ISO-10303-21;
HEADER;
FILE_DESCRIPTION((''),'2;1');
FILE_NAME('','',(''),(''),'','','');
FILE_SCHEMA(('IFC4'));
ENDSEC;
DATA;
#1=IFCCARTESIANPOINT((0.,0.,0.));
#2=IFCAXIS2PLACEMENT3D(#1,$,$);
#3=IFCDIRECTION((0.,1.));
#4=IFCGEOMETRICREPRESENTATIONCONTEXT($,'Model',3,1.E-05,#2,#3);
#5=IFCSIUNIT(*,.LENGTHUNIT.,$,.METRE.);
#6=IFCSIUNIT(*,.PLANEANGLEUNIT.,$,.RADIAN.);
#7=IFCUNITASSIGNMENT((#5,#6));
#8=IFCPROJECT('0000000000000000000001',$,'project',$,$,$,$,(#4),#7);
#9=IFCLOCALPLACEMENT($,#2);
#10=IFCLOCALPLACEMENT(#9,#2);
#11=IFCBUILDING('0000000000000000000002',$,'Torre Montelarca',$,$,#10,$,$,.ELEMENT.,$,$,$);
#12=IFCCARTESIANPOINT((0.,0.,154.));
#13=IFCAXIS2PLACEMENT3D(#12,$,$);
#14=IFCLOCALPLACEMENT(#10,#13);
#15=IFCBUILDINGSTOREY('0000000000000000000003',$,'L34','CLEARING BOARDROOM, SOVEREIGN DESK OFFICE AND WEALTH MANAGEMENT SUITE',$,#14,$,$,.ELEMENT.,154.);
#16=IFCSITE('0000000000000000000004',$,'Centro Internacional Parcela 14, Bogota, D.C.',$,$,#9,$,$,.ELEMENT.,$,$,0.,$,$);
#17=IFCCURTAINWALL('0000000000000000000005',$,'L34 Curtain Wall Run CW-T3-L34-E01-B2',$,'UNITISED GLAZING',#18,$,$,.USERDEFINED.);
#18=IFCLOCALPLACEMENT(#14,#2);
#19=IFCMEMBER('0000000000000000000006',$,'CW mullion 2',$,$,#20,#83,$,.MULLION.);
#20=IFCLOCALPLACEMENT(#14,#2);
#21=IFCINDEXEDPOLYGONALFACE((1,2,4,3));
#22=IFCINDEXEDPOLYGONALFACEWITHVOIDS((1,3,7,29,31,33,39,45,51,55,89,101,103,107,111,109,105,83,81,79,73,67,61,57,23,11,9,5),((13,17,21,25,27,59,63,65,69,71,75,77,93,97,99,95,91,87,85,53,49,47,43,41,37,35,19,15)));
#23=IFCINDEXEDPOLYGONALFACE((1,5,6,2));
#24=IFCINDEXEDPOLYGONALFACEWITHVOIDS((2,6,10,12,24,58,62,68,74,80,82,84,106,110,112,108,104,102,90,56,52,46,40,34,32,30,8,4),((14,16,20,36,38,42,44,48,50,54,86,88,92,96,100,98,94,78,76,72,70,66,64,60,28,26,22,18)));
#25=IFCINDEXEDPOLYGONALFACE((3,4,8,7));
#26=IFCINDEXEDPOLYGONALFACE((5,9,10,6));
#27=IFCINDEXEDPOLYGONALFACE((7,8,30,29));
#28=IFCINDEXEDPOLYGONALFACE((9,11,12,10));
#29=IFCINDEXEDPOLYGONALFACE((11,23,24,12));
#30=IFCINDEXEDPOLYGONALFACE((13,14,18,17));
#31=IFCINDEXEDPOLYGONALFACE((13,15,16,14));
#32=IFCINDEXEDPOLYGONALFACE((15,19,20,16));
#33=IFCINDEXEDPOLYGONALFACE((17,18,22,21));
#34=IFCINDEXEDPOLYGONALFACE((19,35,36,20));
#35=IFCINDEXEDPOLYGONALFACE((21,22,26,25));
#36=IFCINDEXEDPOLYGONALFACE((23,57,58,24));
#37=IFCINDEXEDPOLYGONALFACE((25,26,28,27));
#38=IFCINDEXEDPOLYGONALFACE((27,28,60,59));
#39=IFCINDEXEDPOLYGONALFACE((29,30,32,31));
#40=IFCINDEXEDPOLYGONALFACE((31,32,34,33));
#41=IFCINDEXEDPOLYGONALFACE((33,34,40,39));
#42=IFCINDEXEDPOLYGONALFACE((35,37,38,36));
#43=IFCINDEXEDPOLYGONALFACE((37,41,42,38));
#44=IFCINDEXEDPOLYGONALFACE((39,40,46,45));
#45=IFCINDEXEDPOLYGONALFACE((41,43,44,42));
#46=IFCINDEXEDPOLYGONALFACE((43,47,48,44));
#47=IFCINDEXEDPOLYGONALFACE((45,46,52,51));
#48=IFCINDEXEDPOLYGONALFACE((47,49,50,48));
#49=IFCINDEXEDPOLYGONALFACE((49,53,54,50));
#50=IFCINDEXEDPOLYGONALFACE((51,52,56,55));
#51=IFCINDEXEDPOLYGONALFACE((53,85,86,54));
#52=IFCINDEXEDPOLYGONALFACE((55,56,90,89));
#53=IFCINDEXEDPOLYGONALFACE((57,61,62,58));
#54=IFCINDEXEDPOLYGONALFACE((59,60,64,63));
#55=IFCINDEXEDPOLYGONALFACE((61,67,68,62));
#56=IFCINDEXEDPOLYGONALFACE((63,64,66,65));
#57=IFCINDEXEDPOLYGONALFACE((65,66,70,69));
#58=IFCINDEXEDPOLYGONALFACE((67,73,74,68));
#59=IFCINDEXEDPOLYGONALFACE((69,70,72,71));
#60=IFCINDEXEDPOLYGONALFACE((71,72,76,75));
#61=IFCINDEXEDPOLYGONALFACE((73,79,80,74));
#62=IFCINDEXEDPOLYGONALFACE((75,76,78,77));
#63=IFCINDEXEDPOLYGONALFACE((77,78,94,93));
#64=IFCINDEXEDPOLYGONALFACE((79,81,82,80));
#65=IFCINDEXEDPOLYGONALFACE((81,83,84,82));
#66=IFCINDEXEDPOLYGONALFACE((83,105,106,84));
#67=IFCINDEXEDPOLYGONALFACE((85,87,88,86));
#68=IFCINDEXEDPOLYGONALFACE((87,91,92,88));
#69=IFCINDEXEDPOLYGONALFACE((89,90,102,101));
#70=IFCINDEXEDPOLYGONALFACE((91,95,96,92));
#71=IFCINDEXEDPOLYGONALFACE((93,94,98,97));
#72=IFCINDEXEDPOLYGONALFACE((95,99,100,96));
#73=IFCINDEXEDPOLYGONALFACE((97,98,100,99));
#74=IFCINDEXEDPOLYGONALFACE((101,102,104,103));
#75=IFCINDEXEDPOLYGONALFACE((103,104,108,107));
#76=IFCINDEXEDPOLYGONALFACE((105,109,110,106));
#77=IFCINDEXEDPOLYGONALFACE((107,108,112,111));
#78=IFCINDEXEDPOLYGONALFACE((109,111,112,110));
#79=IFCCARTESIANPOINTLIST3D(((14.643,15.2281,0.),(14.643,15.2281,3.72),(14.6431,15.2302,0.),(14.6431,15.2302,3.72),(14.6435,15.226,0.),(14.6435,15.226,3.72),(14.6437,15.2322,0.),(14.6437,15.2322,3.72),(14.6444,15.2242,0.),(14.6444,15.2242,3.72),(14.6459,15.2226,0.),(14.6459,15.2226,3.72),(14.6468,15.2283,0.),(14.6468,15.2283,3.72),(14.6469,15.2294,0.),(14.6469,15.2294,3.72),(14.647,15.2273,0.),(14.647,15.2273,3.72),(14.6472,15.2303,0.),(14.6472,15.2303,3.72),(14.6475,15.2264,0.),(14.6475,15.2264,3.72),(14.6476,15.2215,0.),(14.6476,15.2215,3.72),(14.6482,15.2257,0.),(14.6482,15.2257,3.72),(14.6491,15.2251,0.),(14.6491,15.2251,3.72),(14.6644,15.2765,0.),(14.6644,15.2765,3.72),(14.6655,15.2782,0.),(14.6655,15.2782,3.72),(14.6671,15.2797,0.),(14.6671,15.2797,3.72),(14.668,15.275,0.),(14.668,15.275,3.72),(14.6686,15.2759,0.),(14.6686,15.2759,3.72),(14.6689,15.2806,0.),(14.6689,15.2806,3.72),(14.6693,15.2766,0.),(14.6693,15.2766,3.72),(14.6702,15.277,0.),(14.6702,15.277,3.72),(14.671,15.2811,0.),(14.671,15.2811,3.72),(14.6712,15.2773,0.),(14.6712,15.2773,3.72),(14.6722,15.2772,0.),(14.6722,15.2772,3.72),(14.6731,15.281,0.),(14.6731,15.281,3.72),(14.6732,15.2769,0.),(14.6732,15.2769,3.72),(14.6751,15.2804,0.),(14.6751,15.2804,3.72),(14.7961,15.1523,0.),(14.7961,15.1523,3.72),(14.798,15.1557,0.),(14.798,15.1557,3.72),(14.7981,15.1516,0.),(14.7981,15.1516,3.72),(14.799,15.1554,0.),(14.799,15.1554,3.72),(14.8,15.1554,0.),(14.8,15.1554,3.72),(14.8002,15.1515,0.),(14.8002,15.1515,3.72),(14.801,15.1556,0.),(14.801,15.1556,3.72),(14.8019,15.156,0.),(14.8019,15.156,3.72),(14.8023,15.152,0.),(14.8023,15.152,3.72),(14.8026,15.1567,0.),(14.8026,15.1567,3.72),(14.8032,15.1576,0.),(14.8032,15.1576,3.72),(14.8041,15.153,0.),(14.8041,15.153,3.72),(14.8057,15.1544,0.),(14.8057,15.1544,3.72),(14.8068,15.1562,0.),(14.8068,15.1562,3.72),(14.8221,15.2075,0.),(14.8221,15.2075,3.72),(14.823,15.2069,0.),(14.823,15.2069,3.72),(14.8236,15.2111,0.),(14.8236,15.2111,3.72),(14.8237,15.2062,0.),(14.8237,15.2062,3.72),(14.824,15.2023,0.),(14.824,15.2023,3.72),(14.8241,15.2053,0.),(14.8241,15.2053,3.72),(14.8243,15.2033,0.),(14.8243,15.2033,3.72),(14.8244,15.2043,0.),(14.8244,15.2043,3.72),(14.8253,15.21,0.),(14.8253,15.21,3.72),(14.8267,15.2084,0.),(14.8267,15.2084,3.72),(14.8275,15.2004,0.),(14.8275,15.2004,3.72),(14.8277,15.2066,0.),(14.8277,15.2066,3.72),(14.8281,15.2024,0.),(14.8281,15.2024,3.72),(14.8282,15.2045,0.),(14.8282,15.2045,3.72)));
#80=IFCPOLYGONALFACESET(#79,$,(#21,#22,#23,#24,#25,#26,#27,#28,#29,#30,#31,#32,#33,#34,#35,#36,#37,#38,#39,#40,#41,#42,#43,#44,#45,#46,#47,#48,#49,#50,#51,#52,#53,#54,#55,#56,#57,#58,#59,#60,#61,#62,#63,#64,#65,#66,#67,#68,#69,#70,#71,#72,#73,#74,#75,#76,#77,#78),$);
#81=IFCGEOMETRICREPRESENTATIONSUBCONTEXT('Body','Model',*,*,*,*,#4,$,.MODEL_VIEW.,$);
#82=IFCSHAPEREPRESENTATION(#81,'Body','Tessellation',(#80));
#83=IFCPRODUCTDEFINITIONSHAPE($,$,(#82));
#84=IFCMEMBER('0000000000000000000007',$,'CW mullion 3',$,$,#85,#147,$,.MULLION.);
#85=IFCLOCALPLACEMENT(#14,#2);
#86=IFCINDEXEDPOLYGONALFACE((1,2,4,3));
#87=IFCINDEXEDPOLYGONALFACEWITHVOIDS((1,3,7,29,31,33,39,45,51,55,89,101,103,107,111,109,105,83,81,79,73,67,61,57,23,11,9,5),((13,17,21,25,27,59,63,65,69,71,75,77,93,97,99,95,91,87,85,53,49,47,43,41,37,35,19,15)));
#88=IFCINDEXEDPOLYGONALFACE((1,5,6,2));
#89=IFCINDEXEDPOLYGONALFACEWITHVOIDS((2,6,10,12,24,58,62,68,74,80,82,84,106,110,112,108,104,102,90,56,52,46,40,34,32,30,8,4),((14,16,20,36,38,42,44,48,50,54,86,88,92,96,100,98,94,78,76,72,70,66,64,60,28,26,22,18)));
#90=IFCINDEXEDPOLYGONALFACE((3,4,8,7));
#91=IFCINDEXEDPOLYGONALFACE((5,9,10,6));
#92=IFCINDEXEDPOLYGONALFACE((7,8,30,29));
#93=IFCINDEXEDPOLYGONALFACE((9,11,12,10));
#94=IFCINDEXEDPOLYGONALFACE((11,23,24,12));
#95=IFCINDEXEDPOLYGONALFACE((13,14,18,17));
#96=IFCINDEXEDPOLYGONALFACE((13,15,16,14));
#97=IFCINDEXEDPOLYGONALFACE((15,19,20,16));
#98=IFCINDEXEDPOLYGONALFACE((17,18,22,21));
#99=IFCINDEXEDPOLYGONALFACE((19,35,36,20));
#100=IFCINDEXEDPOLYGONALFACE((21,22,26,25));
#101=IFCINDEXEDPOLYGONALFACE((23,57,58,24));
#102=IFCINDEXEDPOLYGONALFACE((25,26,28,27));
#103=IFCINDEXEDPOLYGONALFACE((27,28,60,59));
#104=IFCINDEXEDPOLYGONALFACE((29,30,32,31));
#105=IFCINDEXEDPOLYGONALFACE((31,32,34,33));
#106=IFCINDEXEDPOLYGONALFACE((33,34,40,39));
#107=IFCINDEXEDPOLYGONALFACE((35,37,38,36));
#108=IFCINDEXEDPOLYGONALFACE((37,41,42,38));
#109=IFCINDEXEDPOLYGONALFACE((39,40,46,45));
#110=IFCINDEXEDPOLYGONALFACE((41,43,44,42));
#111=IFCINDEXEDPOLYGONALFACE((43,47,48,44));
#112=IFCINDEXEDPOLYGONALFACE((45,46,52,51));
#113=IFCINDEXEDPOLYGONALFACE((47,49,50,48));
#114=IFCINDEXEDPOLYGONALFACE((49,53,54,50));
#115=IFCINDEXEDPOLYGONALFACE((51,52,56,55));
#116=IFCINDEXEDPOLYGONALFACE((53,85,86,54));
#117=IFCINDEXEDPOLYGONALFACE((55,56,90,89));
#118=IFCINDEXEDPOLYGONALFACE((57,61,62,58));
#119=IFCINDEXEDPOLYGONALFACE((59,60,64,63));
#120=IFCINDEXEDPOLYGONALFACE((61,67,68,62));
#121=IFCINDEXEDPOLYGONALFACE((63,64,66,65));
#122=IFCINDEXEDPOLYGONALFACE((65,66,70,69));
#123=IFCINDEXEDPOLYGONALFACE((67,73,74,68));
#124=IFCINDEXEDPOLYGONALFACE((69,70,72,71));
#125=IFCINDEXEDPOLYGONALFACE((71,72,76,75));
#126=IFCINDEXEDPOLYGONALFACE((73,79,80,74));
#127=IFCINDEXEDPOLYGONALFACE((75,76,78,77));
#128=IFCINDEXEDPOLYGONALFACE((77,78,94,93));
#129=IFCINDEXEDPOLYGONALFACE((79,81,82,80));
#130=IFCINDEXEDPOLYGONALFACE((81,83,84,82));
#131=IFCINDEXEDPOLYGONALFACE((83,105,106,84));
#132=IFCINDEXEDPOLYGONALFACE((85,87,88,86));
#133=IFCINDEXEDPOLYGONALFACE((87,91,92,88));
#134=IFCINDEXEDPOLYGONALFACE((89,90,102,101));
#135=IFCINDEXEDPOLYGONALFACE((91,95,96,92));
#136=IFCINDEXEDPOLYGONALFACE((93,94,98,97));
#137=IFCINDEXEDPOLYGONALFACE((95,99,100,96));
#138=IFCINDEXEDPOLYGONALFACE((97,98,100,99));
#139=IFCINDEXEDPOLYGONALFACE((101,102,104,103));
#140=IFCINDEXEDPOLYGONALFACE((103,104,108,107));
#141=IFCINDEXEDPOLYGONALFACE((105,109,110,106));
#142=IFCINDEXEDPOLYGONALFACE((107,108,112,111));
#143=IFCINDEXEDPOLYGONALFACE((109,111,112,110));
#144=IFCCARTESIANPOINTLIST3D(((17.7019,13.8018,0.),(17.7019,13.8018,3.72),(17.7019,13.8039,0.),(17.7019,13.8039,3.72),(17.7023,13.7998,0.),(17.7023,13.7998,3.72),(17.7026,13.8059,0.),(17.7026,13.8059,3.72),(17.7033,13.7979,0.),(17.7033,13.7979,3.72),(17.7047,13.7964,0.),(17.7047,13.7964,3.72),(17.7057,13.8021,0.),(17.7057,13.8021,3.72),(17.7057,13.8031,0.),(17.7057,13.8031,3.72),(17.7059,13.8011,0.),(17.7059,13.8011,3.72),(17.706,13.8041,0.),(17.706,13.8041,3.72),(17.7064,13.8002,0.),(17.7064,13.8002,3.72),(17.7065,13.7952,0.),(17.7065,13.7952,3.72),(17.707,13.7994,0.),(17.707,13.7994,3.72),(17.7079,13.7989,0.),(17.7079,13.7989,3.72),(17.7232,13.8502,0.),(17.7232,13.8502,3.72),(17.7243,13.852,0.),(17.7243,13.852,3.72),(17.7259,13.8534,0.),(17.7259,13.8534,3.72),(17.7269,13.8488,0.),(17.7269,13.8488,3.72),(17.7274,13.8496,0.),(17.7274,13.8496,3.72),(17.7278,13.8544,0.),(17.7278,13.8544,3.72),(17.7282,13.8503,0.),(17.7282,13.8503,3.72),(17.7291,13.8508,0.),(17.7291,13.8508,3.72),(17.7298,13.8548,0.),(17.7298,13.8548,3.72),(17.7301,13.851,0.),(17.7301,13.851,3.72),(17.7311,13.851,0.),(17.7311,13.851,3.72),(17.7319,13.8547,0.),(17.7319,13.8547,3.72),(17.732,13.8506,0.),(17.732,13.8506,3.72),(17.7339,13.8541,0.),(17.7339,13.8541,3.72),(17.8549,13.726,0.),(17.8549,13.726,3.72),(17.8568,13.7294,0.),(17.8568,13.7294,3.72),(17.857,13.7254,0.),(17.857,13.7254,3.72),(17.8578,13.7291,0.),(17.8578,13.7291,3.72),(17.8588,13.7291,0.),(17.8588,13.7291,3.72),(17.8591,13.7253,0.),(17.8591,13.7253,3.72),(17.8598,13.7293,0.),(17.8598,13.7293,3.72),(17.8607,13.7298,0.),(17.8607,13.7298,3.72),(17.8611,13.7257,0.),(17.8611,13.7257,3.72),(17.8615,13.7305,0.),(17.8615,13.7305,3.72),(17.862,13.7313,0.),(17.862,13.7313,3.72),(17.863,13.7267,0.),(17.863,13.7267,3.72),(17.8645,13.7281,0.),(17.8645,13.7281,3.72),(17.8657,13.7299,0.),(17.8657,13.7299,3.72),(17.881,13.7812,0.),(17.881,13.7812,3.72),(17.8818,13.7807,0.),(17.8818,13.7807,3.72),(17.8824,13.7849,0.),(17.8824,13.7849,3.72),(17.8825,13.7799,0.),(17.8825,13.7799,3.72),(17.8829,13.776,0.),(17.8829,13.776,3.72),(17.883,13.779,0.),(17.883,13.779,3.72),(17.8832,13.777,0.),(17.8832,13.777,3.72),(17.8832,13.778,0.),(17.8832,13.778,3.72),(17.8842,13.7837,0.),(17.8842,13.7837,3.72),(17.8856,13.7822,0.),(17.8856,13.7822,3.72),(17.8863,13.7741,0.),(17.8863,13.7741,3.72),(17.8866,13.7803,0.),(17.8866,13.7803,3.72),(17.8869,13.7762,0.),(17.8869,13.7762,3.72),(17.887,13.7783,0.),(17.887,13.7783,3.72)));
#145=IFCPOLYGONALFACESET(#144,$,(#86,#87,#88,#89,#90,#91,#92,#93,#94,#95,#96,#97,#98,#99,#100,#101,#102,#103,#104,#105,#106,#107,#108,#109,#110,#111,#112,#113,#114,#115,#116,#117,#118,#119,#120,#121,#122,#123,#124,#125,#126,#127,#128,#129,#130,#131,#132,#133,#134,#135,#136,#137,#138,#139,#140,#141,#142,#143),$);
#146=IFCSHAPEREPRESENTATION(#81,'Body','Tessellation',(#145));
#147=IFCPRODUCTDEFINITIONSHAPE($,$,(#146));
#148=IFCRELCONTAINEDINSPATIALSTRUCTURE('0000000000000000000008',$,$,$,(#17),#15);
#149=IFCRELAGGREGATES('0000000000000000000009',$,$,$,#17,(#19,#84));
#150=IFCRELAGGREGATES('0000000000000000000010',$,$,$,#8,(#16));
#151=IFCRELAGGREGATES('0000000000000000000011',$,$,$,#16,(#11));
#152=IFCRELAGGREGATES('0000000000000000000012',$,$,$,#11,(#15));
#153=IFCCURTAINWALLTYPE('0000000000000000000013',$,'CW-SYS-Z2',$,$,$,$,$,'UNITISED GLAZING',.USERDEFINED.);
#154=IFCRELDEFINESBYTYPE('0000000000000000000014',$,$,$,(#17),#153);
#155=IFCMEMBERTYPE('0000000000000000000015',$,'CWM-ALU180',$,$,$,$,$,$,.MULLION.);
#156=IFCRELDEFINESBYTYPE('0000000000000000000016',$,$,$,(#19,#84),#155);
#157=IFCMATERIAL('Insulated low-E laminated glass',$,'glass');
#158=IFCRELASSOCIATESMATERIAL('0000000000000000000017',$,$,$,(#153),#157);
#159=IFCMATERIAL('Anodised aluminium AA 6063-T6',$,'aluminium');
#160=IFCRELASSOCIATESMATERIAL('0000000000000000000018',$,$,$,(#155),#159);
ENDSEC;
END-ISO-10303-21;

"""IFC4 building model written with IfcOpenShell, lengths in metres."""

from ifc_helpers import new_model, si_unit, direction, frame, origin, origin_2d, place, context, subcontext, project, spatial, hollow_rectangle, extrude, source, transform, mapped, material, material_profile, profile_set, type_object, element, aggregate, save


model = new_model("IFC4")

# Units and contexts
model_context = context("Model", 3, precision=1e-05, world=origin(), true_north=direction((0.0, 1.0)))
body_context = subcontext(model_context, "Body", "Model", "MODEL_VIEW")
ifc_project = project(units=[si_unit("LENGTHUNIT", "METRE"), si_unit("PLANEANGLEUNIT", "RADIAN")], contexts=[model_context])

# Site, building, storey
site_placement = place(None, origin())
site = spatial("IfcSite", under=ifc_project, at=site_placement, Name="Centro Internacional Parcela 14, Bogota, D.C.", CompositionType="ELEMENT", RefElevation=0.0)
building_placement = place(site_placement, origin())
building = spatial("IfcBuilding", under=site, at=building_placement, Name="Torre Montelarca", CompositionType="ELEMENT")
storey_placement = place(building_placement, frame((0.0, 0.0, 154.0)))
storey = spatial("IfcBuildingStorey", under=building, at=storey_placement, Name="L34", Description="CLEARING BOARDROOM, SOVEREIGN DESK OFFICE AND WEALTH MANAGEMENT SUITE", CompositionType="ELEMENT", Elevation=154.0)

# Shared definitions
ifc_material_1 = material(Name="Insulated low-E laminated glass", Category="glass")
curtain_wall_type = type_object("IfcCurtainWallType", Name="CW-SYS-Z2", ElementType="UNITISED GLAZING", PredefinedType="USERDEFINED", material=ifc_material_1)
ifc_material_2 = material(Name="Anodised aluminium AA 6063-T6", Category="aluminium")
ifc_material_profile_1 = material_profile(ifc_material_2, hollow_rectangle(XDim=0.0649, YDim=0.1799, WallThickness=0.0039, InnerFilletRadius=0.0039, OuterFilletRadius=0.0081, at=origin_2d()), Name="ALU65X180X4", Category="aluminium")
ifc_profile_set_1 = profile_set([ifc_material_profile_1], Name="Anodised aluminium AA 6063-T6")
member_type_1 = type_object("IfcMemberType", Name="CWM-ALU180", PredefinedType="MULLION", material=ifc_profile_set_1)
shared_shape_1 = source(origin(), body_context, "Body", "SweptSolid", [
    extrude(hollow_rectangle(XDim=0.0649, YDim=0.1799, WallThickness=0.0039, InnerFilletRadius=0.0039, OuterFilletRadius=0.0081, at=origin_2d()), origin(), (0.0, 0.0, 1.0), 3.72),
])

# Curtain wall, members
curtain_wall_1_placement = place(storey_placement, origin())
curtain_wall_1 = element("IfcCurtainWall", 1, at=curtain_wall_1_placement, inside=storey, type_object=curtain_wall_type, Name="L34 Curtain Wall Run CW-T3-L34-E01-B2", ObjectType="UNITISED GLAZING", PredefinedType="USERDEFINED")
member_1_placement = place(storey_placement, frame((14.7356, 15.2163, 0.0), z_axis=(0.0, 0.0, 1.0), x_axis=(0.422612, 0.906311, 0.0)))
member_1 = element("IfcMember", 2, at=member_1_placement, type_object=member_type_1, Name="CW mullion 2", PredefinedType="MULLION", context=body_context, shape_type="MappedRepresentation", body=[
    mapped(shared_shape_1, transform((0.0, 0.0, 0.0), scale=1.0)),
])
member_2_placement = place(storey_placement, frame((17.7944, 13.79, 0.0), z_axis=(0.0, 0.0, 1.0), x_axis=(0.422612, 0.906311, 0.0)))
member_2 = element("IfcMember", 3, at=member_2_placement, type_object=member_type_1, Name="CW mullion 3", PredefinedType="MULLION", context=body_context, shape_type="MappedRepresentation", body=[
    mapped(shared_shape_1, transform((0.0, 0.0, 0.0), scale=1.0)),
])

aggregate(curtain_wall_1, [member_1, member_2])

save(model, "model.ifc")
